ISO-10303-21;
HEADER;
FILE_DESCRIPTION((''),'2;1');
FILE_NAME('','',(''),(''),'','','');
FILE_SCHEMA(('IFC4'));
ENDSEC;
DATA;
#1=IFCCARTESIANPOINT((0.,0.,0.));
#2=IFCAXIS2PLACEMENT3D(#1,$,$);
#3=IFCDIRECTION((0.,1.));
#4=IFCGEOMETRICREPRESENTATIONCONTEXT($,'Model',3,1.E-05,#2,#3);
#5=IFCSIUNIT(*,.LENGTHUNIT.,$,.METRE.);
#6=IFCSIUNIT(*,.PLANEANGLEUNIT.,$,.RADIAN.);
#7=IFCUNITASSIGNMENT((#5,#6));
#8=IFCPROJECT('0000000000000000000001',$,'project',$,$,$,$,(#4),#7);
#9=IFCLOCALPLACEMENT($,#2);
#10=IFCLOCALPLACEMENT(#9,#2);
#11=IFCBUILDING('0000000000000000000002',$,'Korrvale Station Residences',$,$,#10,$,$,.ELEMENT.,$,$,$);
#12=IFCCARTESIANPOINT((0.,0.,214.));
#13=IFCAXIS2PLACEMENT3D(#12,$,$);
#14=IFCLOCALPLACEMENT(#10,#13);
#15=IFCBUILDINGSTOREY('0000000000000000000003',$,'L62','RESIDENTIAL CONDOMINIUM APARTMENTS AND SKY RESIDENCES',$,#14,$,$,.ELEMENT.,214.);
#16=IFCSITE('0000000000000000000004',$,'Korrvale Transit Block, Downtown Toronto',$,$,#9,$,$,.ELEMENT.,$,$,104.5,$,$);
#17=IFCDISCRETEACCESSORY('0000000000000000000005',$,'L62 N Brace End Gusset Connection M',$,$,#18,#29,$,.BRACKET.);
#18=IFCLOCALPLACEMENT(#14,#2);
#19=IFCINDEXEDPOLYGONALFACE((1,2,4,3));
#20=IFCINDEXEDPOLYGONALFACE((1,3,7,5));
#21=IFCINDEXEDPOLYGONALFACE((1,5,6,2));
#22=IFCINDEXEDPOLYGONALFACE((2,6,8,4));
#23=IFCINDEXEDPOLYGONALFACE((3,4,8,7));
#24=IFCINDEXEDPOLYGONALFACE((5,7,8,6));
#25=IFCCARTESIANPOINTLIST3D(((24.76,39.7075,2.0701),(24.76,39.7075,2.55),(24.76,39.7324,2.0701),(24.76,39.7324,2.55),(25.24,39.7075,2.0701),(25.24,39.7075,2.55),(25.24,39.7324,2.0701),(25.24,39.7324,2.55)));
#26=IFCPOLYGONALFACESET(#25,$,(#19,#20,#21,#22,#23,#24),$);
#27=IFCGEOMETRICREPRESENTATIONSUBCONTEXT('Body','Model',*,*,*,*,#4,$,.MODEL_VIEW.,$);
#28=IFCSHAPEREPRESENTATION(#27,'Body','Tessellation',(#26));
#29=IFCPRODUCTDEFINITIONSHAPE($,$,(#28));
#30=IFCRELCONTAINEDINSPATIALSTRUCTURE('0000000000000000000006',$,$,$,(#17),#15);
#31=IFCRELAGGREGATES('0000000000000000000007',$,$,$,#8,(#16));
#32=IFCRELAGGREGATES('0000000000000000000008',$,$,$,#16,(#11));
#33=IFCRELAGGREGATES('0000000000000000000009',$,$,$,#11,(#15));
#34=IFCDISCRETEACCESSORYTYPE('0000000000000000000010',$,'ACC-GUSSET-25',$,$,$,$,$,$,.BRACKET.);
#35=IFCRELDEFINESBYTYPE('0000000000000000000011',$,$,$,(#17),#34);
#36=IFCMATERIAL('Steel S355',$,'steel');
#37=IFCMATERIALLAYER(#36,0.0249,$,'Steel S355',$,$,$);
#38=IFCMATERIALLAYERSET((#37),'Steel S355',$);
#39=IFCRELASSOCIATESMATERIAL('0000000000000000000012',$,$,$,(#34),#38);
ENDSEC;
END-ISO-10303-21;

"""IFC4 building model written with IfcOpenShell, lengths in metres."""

from ifc_helpers import new_model, si_unit, direction, frame, origin, origin_2d, place, context, subcontext, project, spatial, rectangle, extrude, material, layer, layer_set, type_object, element, save


model = new_model("IFC4")

# Units and contexts
model_context = context("Model", 3, precision=1e-05, world=origin(), true_north=direction((0.0, 1.0)))
body_context = subcontext(model_context, "Body", "Model", "MODEL_VIEW")
ifc_project = project(units=[si_unit("LENGTHUNIT", "METRE"), si_unit("PLANEANGLEUNIT", "RADIAN")], contexts=[model_context])

# Site, building, storey
site_placement = place(None, origin())
site = spatial("IfcSite", under=ifc_project, at=site_placement, Name="Korrvale Transit Block, Downtown Toronto", CompositionType="ELEMENT", RefElevation=104.5)
building_placement = place(site_placement, origin())
building = spatial("IfcBuilding", under=site, at=building_placement, Name="Korrvale Station Residences", CompositionType="ELEMENT")
storey_placement = place(building_placement, frame((0.0, 0.0, 214.0)))
storey = spatial("IfcBuildingStorey", under=building, at=storey_placement, Name="L62", Description="RESIDENTIAL CONDOMINIUM APARTMENTS AND SKY RESIDENCES", CompositionType="ELEMENT", Elevation=214.0)

# Shared definitions
ifc_material_1 = material(Name="Steel S355", Category="steel")

# Discrete accessory
ifc_layer_1 = layer(ifc_material_1, 0.0249, Name="Steel S355")
ifc_layer_set_1 = layer_set([ifc_layer_1], Name="Steel S355")
discrete_accessory_type = type_object("IfcDiscreteAccessoryType", Name="ACC-GUSSET-25", PredefinedType="BRACKET", material=ifc_layer_set_1)
for number, where, z_axis, x_axis, name in (
    (1, (25.0, 39.72, 2.0701), (0.0, 0.0, 1.0), (1.0, 0.0, 0.0), "L62 N Brace End Gusset Connection M"),
):
    element("IfcDiscreteAccessory", number, at=place(storey_placement, frame(where, z_axis=z_axis, x_axis=x_axis)), inside=storey, type_object=discrete_accessory_type, Name=name, PredefinedType="BRACKET", context=body_context, shape_type="SweptSolid", body=[
        extrude(rectangle(XDim=0.48, YDim=0.0249, at=origin_2d()), origin(), (0.0, 0.0, 1.0), 0.48),
    ])

save(model, "model.ifc")
